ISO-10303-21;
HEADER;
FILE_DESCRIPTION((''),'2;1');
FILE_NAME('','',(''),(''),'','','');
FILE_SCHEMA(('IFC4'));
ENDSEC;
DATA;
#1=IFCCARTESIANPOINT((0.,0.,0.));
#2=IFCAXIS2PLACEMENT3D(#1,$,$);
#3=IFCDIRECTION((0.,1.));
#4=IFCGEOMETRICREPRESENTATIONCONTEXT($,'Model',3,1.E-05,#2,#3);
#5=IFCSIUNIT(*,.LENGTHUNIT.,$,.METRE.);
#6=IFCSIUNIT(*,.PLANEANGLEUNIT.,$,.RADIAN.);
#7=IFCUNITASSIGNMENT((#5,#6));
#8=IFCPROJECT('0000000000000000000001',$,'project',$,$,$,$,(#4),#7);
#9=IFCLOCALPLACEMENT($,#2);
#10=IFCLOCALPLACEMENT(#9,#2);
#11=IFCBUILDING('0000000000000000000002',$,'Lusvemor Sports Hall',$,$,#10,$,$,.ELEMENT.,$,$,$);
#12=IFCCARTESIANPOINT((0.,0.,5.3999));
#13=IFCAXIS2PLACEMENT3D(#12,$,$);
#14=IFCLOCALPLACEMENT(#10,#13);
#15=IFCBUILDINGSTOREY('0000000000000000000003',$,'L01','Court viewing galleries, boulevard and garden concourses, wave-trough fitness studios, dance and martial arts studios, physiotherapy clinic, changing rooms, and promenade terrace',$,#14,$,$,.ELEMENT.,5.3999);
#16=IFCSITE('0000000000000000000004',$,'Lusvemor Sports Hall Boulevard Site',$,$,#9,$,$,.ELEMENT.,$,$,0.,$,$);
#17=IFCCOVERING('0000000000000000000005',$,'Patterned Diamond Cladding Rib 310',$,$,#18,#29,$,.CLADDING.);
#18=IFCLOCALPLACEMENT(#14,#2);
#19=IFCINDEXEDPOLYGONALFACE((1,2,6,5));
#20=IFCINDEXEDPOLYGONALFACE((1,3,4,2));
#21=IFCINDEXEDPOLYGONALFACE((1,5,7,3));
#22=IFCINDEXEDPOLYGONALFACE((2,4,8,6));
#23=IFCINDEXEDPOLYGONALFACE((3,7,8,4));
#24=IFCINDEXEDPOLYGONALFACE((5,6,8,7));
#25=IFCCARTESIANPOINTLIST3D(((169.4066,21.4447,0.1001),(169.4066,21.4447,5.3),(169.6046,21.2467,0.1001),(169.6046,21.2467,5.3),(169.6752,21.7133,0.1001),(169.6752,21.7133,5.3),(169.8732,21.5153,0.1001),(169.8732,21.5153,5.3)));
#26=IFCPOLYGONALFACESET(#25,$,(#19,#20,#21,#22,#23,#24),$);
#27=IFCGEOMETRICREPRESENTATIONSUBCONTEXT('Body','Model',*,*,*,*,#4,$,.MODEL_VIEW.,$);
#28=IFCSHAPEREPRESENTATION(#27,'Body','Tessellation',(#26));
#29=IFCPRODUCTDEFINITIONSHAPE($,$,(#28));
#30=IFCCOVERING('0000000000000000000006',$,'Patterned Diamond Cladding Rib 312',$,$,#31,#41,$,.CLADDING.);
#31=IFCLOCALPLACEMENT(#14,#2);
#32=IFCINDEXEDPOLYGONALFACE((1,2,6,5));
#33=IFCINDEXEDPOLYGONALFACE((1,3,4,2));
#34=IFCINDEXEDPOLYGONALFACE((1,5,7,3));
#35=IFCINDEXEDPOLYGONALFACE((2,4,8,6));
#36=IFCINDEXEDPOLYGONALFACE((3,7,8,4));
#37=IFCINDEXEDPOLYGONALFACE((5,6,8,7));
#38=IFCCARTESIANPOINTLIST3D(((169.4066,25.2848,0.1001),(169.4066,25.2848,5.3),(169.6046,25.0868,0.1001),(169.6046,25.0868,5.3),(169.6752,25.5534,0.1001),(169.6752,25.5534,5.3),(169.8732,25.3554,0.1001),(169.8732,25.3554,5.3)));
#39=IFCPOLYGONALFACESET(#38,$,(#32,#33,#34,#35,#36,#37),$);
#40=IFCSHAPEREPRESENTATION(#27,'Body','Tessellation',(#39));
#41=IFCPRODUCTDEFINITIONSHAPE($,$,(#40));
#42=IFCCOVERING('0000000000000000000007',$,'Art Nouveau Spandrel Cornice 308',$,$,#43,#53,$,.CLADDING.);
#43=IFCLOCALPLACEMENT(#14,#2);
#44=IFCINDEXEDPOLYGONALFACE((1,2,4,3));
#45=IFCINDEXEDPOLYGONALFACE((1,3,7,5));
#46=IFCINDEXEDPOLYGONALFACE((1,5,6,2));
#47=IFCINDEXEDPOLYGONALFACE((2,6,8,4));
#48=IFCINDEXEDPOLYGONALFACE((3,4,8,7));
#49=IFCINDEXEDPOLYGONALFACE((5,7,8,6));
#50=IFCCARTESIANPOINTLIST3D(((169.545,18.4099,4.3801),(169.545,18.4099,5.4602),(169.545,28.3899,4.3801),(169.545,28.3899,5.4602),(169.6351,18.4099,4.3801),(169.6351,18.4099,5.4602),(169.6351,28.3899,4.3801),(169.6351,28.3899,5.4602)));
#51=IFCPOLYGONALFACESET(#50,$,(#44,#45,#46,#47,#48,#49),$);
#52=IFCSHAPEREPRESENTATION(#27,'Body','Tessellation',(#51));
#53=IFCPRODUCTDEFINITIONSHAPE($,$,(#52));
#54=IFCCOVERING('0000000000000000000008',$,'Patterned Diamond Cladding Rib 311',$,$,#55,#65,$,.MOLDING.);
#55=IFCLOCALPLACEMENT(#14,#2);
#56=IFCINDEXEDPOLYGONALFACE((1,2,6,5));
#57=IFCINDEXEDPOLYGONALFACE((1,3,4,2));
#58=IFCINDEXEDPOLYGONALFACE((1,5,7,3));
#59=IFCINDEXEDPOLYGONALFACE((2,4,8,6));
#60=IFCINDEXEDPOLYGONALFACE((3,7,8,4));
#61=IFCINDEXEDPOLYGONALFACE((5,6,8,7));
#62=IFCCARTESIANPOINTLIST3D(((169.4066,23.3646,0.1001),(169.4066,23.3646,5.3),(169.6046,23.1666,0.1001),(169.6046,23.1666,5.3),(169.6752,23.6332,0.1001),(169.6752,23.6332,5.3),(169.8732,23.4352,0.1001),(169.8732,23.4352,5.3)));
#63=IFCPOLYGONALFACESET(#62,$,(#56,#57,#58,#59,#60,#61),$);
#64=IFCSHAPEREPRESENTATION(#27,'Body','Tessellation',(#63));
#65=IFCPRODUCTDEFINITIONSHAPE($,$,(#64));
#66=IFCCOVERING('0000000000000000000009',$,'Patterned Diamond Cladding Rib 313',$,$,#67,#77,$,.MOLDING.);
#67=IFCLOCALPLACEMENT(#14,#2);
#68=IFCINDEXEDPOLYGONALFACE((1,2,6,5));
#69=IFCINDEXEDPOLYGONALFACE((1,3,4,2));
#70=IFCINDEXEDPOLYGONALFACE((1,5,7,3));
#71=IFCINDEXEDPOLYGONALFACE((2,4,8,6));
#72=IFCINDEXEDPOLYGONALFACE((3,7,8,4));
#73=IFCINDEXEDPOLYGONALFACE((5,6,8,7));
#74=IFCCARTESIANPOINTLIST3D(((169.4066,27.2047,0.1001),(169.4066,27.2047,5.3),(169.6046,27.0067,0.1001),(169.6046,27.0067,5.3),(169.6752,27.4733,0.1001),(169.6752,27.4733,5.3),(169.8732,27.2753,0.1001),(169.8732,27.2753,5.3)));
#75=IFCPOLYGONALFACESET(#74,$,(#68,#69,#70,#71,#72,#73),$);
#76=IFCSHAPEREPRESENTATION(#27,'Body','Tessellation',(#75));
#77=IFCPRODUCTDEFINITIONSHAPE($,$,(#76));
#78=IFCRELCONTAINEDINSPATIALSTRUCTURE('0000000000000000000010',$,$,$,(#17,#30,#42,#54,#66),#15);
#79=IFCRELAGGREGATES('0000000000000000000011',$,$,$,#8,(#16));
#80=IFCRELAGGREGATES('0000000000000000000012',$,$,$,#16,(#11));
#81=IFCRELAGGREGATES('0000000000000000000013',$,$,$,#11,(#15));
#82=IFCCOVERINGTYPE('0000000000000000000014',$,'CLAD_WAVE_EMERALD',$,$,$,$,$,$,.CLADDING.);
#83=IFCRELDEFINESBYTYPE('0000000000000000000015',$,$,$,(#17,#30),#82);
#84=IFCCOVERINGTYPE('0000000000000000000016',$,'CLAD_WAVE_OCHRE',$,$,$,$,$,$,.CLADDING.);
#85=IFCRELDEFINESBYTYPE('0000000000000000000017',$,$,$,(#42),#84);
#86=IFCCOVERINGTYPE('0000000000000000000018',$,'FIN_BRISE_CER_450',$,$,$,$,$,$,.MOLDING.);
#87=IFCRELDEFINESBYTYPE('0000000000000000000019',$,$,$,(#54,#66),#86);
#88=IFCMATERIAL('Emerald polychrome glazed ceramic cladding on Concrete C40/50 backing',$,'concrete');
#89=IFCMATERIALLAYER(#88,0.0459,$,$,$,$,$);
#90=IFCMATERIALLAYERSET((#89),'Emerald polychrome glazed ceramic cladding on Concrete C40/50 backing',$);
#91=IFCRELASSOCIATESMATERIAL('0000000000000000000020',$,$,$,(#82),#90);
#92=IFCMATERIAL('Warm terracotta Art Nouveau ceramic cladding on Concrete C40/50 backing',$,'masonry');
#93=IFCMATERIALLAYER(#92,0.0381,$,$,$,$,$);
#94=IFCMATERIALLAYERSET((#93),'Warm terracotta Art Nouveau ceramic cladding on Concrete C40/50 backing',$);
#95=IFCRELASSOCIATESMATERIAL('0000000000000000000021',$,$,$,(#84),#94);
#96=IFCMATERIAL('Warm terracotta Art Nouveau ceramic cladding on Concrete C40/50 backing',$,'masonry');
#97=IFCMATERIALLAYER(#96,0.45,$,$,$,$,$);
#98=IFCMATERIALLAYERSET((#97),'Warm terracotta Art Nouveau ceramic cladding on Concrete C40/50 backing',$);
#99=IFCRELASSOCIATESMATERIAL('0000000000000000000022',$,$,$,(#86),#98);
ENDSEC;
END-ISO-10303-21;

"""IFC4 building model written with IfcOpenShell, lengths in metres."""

from ifc_helpers import new_model, si_unit, direction, frame, origin, origin_2d, place, context, subcontext, project, spatial, rectangle, extrude, material, layer, layer_set, type_object, element, save


model = new_model("IFC4")

# Units and contexts
model_context = context("Model", 3, precision=1e-05, world=origin(), true_north=direction((0.0, 1.0)))
body_context = subcontext(model_context, "Body", "Model", "MODEL_VIEW")
ifc_project = project(units=[si_unit("LENGTHUNIT", "METRE"), si_unit("PLANEANGLEUNIT", "RADIAN")], contexts=[model_context])

# Site, building, storey
site_placement = place(None, origin())
site = spatial("IfcSite", under=ifc_project, at=site_placement, Name="Lusvemor Sports Hall Boulevard Site", CompositionType="ELEMENT", RefElevation=0.0)
building_placement = place(site_placement, origin())
building = spatial("IfcBuilding", under=site, at=building_placement, Name="Lusvemor Sports Hall", CompositionType="ELEMENT")
storey_placement = place(building_placement, frame((0.0, 0.0, 5.3999)))
storey = spatial("IfcBuildingStorey", under=building, at=storey_placement, Name="L01", Description="Court viewing galleries, boulevard and garden concourses, wave-trough fitness studios, dance and martial arts studios, physiotherapy clinic, changing rooms, and promenade terrace", CompositionType="ELEMENT", Elevation=5.3999)

# Coverings
ifc_material_1 = material(Name="Emerald polychrome glazed ceramic cladding on Concrete C40/50 backing", Category="concrete")
ifc_layer_1 = layer(ifc_material_1, 0.0459)
ifc_layer_set_1 = layer_set([ifc_layer_1], Name="Emerald polychrome glazed ceramic cladding on Concrete C40/50 backing")
covering_type_1 = type_object("IfcCoveringType", Name="CLAD_WAVE_EMERALD", PredefinedType="CLADDING", material=ifc_layer_set_1)
for number, where, z_axis, x_axis, name in (
    (1, (169.6399, 21.48, 0.1001), (0.0, 0.0, 1.0), (0.707107, 0.707107, 0.0), "Patterned Diamond Cladding Rib 310"),
    (2, (169.6399, 25.3201, 0.1001), (0.0, 0.0, 1.0), (0.707107, 0.707107, 0.0), "Patterned Diamond Cladding Rib 312"),
):
    element("IfcCovering", number, at=place(storey_placement, frame(where, z_axis=z_axis, x_axis=x_axis)), inside=storey, type_object=covering_type_1, Name=name, PredefinedType="CLADDING", context=body_context, shape_type="SweptSolid", body=[
        extrude(rectangle(XDim=0.3799, YDim=0.28, at=origin_2d()), origin(), (0.0, 0.0, 1.0), 5.2),
    ])
ifc_material_2 = material(Name="Warm terracotta Art Nouveau ceramic cladding on Concrete C40/50 backing", Category="masonry")
ifc_layer_2 = layer(ifc_material_2, 0.0381)
ifc_layer_set_2 = layer_set([ifc_layer_2], Name="Warm terracotta Art Nouveau ceramic cladding on Concrete C40/50 backing")
covering_type_2 = type_object("IfcCoveringType", Name="CLAD_WAVE_OCHRE", PredefinedType="CLADDING", material=ifc_layer_set_2)
covering_placement = place(storey_placement, frame((169.5901, 23.3999, 4.3801), z_axis=(0.0, 0.0, 1.0), x_axis=(1.0, 0.0, 0.0)))
element("IfcCovering", 3, at=covering_placement, inside=storey, type_object=covering_type_2, Name="Art Nouveau Spandrel Cornice 308", PredefinedType="CLADDING", context=body_context, shape_type="SweptSolid", body=[
    extrude(rectangle(XDim=0.0901, YDim=9.98, at=origin_2d()), origin(), (0.0, 0.0, 1.0), 1.0801),
])
ifc_material_3 = material(Name="Warm terracotta Art Nouveau ceramic cladding on Concrete C40/50 backing", Category="masonry")
ifc_layer_3 = layer(ifc_material_3, 0.45)
ifc_layer_set_3 = layer_set([ifc_layer_3], Name="Warm terracotta Art Nouveau ceramic cladding on Concrete C40/50 backing")
covering_type_3 = type_object("IfcCoveringType", Name="FIN_BRISE_CER_450", PredefinedType="MOLDING", material=ifc_layer_set_3)
for number, where, z_axis, x_axis, name in (
    (4, (169.6399, 23.3999, 0.1001), (0.0, 0.0, 1.0), (0.707107, 0.707107, 0.0), "Patterned Diamond Cladding Rib 311"),
    (5, (169.6399, 27.24, 0.1001), (0.0, 0.0, 1.0), (0.707107, 0.707107, 0.0), "Patterned Diamond Cladding Rib 313"),
):
    element("IfcCovering", number, at=place(storey_placement, frame(where, z_axis=z_axis, x_axis=x_axis)), inside=storey, type_object=covering_type_3, Name=name, PredefinedType="MOLDING", context=body_context, shape_type="SweptSolid", body=[
        extrude(rectangle(XDim=0.3799, YDim=0.28, at=origin_2d()), origin(), (0.0, 0.0, 1.0), 5.2),
    ])

save(model, "model.ifc")
